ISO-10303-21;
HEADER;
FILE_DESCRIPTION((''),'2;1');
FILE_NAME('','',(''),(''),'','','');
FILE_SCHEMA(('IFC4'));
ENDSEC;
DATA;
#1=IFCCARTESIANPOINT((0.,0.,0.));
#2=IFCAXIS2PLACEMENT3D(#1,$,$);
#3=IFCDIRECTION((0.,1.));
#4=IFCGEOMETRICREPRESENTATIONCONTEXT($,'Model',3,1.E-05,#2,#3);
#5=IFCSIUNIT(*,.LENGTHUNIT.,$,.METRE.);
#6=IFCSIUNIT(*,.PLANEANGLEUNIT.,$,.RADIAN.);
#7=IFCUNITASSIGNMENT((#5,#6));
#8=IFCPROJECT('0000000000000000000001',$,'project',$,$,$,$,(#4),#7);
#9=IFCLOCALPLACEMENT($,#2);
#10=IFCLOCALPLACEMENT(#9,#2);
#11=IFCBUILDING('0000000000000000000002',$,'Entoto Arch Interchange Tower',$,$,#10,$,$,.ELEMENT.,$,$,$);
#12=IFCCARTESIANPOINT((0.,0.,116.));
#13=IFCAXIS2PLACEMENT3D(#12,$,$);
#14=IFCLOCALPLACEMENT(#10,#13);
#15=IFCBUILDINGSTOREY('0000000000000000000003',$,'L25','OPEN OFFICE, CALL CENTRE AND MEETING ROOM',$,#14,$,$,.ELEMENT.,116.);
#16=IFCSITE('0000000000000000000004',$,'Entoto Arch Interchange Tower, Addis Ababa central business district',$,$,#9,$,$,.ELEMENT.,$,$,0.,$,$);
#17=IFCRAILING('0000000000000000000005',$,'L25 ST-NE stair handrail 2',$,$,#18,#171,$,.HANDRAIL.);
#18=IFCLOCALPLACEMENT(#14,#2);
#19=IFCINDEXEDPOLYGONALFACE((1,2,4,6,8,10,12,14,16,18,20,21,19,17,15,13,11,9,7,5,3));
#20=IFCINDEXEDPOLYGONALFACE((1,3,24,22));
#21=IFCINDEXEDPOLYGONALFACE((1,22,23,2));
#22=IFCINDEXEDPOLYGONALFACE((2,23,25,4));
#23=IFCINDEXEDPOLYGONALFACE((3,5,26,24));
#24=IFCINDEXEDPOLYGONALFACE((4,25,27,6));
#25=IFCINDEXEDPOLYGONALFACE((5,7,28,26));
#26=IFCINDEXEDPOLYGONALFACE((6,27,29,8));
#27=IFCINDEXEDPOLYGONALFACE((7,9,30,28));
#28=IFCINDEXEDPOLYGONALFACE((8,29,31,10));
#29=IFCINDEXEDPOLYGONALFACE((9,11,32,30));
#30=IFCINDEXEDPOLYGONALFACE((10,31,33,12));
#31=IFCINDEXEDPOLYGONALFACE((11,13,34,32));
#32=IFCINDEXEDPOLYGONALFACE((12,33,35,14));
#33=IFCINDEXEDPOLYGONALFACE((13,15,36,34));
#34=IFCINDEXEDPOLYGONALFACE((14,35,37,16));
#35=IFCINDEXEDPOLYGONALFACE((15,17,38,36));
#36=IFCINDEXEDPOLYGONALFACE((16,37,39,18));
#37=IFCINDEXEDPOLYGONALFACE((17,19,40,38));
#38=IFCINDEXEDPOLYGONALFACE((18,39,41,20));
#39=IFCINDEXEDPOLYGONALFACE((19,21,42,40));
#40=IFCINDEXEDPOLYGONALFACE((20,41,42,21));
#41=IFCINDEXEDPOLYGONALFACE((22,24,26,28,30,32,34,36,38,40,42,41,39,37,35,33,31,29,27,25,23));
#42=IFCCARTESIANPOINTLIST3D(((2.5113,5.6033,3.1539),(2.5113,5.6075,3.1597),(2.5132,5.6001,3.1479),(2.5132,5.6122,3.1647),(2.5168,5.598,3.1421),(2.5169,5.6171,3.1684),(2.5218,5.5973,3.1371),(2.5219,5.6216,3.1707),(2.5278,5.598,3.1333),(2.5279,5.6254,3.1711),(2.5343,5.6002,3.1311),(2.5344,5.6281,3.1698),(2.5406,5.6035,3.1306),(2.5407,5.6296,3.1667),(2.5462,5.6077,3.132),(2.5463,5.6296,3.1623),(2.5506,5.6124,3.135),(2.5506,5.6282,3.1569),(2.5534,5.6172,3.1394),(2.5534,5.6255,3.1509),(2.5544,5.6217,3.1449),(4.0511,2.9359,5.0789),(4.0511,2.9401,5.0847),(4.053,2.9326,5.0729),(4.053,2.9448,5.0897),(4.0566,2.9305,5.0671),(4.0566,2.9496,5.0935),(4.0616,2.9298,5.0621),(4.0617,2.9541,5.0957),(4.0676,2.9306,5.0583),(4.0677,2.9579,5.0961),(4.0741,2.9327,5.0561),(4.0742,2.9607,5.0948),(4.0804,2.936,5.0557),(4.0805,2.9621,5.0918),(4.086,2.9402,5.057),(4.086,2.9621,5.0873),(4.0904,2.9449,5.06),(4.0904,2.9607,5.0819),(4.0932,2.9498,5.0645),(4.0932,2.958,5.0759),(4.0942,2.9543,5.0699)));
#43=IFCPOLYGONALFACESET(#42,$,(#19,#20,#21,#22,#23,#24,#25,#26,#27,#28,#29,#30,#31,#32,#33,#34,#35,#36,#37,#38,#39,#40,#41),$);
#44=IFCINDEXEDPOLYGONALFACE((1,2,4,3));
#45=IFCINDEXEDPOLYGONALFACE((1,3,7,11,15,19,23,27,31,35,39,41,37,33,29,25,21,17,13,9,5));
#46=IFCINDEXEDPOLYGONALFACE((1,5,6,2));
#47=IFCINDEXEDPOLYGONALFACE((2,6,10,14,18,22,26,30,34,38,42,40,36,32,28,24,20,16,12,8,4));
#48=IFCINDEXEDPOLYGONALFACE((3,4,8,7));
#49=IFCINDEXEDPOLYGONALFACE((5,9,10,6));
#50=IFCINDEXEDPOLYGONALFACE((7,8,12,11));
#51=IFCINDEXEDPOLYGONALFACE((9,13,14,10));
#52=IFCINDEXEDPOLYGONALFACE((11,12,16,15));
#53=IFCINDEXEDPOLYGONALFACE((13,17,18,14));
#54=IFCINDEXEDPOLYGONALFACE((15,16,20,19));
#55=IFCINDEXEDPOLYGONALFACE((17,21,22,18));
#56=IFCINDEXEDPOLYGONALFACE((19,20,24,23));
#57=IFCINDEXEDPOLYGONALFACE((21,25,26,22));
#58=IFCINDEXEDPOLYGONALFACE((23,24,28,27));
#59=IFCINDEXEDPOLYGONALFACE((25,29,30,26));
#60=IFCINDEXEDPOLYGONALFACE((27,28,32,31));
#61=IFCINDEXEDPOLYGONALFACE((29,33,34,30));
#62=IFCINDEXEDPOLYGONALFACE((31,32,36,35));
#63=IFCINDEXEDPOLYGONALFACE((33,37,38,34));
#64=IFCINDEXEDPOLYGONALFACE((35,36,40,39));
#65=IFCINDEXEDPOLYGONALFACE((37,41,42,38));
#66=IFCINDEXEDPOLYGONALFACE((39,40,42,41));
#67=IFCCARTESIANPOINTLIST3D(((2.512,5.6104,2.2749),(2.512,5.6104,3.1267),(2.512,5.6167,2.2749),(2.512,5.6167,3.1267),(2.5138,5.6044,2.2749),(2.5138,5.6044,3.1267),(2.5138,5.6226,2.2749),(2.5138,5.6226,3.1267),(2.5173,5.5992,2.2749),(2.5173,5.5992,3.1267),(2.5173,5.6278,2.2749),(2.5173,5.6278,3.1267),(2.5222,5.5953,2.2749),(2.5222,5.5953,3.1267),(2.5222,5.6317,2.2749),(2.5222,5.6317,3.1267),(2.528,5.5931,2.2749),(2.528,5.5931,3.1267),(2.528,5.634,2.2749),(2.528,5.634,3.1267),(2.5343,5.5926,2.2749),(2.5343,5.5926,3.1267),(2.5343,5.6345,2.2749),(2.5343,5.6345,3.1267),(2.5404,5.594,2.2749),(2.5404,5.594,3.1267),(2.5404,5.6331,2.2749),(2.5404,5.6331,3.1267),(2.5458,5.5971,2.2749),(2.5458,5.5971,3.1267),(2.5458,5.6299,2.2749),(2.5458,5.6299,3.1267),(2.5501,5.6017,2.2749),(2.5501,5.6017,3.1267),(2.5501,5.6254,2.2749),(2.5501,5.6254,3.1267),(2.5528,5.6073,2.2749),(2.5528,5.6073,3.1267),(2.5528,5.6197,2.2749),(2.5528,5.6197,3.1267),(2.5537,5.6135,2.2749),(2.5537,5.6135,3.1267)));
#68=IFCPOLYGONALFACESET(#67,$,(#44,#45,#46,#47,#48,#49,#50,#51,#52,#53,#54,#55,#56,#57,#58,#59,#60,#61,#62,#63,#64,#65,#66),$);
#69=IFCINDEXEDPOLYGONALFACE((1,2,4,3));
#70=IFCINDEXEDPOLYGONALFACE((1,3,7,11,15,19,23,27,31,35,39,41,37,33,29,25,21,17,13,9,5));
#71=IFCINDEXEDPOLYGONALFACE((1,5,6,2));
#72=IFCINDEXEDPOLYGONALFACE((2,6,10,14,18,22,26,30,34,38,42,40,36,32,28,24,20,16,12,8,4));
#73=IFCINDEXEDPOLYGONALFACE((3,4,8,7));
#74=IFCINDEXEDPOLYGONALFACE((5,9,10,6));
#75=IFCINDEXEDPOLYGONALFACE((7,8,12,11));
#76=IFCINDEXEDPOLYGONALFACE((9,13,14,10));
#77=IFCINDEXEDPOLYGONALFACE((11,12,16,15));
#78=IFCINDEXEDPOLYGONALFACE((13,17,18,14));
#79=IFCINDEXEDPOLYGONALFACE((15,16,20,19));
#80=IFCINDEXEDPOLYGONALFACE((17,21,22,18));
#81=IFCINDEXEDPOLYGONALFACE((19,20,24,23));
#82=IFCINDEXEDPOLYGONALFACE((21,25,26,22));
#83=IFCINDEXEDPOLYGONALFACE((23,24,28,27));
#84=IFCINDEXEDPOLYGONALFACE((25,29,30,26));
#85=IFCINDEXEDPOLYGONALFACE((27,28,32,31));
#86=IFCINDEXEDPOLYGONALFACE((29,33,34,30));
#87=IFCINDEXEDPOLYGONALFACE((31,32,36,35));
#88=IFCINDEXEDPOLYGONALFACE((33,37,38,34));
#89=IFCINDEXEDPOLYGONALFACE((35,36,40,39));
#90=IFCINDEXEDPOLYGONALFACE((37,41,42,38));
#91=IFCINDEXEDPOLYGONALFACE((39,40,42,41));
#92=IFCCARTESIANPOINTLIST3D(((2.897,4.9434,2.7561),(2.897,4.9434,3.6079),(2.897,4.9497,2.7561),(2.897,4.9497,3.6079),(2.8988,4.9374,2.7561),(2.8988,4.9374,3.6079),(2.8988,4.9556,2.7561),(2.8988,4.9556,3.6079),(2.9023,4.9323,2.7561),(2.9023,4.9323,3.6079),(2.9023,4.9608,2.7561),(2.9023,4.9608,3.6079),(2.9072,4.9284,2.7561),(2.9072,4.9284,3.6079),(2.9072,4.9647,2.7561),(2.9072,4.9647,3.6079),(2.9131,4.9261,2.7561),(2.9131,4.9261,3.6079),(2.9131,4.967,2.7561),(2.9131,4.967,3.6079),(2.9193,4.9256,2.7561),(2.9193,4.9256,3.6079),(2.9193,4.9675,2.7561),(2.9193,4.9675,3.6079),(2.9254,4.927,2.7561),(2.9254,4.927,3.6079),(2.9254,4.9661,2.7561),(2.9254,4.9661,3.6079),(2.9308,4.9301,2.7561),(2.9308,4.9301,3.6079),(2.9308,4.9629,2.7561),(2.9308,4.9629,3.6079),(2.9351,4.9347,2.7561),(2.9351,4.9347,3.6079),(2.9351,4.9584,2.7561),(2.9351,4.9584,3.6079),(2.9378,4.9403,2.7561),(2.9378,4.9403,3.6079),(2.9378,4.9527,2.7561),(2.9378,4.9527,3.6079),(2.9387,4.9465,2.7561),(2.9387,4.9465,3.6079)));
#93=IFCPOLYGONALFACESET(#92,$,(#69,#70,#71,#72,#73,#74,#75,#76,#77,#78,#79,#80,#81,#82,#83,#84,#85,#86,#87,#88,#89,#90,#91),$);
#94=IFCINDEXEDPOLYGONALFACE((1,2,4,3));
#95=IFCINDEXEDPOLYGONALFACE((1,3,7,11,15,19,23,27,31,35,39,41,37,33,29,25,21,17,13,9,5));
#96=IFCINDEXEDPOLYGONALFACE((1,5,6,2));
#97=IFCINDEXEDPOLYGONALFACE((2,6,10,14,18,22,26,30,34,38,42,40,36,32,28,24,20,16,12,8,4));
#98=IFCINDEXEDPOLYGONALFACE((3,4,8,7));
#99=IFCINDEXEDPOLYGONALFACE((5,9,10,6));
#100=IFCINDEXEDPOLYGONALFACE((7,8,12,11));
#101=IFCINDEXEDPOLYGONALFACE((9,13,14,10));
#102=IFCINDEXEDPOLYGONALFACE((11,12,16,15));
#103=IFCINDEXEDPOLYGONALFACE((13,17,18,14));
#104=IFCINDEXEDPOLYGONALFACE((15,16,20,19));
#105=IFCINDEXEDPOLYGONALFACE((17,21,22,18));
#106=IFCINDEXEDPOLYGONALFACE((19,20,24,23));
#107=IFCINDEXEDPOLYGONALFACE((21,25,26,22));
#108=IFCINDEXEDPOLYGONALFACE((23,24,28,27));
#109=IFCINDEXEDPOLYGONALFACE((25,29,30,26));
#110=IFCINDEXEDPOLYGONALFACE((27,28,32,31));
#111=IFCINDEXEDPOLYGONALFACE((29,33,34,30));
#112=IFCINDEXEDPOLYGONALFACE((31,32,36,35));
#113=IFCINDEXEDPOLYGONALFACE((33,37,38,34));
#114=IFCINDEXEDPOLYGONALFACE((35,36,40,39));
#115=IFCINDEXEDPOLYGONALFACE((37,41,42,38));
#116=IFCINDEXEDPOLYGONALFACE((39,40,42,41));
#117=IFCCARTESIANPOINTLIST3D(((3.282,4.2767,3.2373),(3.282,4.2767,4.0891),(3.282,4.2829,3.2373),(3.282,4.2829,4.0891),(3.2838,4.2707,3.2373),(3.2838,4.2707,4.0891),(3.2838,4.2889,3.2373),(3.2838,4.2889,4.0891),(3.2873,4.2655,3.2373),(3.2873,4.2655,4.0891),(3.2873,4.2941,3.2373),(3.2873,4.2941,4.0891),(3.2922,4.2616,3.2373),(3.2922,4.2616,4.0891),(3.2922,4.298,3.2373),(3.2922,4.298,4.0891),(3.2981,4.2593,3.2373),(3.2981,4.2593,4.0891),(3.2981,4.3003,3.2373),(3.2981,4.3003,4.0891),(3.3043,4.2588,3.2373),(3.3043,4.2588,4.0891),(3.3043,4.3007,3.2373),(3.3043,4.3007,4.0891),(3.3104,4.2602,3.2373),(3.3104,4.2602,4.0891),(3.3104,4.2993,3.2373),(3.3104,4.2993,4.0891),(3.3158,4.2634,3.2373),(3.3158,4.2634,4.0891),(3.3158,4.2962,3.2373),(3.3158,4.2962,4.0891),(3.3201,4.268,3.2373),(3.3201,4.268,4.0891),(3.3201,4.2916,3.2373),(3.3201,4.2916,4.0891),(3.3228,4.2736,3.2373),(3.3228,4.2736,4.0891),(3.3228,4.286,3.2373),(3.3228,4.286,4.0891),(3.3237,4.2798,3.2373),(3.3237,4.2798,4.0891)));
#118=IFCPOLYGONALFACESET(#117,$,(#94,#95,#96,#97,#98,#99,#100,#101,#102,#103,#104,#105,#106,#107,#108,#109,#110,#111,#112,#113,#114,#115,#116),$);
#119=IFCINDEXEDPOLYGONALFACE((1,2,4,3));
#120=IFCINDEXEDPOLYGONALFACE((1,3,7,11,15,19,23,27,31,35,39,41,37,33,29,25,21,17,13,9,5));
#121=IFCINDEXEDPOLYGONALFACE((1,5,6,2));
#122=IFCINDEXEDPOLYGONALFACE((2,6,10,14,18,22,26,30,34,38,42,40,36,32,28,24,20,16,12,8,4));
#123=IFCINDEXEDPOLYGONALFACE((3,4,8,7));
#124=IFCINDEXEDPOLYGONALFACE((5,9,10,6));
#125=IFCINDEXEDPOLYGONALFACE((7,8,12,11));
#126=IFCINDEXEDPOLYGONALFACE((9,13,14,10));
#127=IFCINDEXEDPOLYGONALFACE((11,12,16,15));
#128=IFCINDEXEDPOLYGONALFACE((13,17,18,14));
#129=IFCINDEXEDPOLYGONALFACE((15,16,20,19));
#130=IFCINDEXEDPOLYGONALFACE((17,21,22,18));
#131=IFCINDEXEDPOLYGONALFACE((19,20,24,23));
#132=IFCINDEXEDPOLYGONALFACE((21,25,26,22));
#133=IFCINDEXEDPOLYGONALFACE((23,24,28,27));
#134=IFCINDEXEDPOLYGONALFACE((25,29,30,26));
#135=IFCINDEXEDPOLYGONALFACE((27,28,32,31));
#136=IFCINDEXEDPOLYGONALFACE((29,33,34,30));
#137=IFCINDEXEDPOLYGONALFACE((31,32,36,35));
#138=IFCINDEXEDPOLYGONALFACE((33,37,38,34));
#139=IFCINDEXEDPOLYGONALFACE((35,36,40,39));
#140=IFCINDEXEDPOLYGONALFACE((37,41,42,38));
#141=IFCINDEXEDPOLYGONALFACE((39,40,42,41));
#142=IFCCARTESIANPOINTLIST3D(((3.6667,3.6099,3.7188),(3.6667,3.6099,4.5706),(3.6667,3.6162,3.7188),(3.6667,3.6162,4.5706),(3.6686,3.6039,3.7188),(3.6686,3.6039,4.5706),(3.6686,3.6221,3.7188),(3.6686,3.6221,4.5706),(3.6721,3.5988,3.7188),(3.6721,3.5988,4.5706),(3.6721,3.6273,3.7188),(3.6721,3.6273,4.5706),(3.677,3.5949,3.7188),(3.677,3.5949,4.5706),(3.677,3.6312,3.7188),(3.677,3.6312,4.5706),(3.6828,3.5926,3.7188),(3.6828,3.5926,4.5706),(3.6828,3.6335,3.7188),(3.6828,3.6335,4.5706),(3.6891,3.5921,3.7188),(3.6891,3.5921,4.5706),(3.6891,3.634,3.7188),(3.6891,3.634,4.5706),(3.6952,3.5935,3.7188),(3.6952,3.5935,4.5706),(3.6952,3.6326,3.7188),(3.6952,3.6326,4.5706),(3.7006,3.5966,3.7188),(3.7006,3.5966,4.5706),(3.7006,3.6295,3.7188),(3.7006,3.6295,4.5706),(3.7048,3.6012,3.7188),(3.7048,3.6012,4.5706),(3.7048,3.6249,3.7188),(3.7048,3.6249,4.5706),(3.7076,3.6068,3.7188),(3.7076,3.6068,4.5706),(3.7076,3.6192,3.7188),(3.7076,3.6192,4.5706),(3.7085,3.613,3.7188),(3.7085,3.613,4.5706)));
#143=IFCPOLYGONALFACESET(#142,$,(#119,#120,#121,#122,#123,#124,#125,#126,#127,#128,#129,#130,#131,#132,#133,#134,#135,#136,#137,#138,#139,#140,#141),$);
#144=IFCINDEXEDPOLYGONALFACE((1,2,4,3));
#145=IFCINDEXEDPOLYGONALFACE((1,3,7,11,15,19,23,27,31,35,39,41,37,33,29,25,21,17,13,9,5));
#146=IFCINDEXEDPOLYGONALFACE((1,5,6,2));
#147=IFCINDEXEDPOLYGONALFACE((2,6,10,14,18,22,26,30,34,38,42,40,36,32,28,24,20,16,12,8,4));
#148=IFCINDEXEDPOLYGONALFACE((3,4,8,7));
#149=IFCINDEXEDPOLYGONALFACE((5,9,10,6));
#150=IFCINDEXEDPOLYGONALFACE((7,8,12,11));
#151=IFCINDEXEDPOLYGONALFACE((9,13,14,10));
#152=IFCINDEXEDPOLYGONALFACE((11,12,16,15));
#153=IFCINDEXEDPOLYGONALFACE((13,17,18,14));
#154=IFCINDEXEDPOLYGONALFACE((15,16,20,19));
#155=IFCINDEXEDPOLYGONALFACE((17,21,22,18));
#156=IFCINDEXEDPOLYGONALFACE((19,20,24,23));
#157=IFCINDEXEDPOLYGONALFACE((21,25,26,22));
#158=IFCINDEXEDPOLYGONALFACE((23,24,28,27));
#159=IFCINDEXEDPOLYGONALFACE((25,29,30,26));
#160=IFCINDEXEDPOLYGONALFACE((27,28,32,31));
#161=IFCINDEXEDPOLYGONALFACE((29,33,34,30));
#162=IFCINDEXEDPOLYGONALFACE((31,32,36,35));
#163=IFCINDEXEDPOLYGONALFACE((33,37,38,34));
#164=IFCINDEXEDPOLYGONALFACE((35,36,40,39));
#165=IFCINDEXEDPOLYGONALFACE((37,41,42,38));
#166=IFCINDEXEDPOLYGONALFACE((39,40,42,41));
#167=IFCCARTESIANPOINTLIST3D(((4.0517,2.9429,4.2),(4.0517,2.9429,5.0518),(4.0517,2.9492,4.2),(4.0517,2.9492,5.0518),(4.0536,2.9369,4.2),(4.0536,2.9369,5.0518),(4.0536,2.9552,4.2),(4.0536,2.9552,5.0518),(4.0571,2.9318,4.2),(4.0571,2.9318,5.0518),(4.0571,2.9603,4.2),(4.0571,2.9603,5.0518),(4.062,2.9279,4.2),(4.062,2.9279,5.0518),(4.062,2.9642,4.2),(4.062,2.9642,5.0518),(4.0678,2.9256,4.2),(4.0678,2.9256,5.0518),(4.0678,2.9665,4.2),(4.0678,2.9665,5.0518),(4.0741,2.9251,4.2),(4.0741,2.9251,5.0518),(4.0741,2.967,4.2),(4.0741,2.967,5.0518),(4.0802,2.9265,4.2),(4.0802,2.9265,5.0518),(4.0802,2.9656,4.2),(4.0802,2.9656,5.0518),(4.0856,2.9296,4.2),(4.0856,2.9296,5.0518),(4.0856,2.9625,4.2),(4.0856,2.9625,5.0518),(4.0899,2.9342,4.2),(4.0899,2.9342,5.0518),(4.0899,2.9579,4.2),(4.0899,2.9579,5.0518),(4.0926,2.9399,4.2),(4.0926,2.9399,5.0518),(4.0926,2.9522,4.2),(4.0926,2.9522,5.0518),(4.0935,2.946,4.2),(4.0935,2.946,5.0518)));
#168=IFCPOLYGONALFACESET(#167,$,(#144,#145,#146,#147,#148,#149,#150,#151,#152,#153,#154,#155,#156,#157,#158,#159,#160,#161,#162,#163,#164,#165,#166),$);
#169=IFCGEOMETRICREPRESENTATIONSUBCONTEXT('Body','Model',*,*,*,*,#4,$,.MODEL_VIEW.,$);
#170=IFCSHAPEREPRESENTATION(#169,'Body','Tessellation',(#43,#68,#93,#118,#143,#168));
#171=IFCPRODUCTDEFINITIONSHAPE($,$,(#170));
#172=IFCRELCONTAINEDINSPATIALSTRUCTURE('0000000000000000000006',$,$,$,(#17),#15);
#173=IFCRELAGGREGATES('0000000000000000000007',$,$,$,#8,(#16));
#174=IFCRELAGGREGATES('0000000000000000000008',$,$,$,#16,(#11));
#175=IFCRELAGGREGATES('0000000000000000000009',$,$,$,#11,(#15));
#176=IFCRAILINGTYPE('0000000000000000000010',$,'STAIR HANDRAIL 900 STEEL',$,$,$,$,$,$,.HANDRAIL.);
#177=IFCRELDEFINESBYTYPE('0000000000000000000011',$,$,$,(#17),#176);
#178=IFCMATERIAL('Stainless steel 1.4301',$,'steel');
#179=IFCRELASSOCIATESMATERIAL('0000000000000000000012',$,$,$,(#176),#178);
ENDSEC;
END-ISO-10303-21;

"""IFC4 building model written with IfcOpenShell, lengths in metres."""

from ifc_helpers import new_model, si_unit, direction, frame, origin, origin_2d, place, context, subcontext, project, spatial, circle, extrude, material, type_object, element, save


model = new_model("IFC4")

# Units and contexts
model_context = context("Model", 3, precision=1e-05, world=origin(), true_north=direction((0.0, 1.0)))
body_context = subcontext(model_context, "Body", "Model", "MODEL_VIEW")
ifc_project = project(units=[si_unit("LENGTHUNIT", "METRE"), si_unit("PLANEANGLEUNIT", "RADIAN")], contexts=[model_context])

# Site, building, storey
site_placement = place(None, origin())
site = spatial("IfcSite", under=ifc_project, at=site_placement, Name="Entoto Arch Interchange Tower, Addis Ababa central business district", CompositionType="ELEMENT", RefElevation=0.0)
building_placement = place(site_placement, origin())
building = spatial("IfcBuilding", under=site, at=building_placement, Name="Entoto Arch Interchange Tower", CompositionType="ELEMENT")
storey_placement = place(building_placement, frame((0.0, 0.0, 116.0)))
storey = spatial("IfcBuildingStorey", under=building, at=storey_placement, Name="L25", Description="OPEN OFFICE, CALL CENTRE AND MEETING ROOM", CompositionType="ELEMENT", Elevation=116.0)

# Railing
ifc_material_1 = material(Name="Stainless steel 1.4301", Category="steel")
railing_type_1 = type_object("IfcRailingType", Name="STAIR HANDRAIL 900 STEEL", PredefinedType="HANDRAIL", material=ifc_material_1)
railing_1_placement = place(storey_placement, frame((2.5327, 5.6135, 2.2749)))
element("IfcRailing", 1, at=railing_1_placement, inside=storey, type_object=railing_type_1, Name="L25 ST-NE stair handrail 2", PredefinedType="HANDRAIL", context=body_context, shape_type="SweptSolid", body=[
    extrude(circle(Radius=0.0239, at=origin_2d()), frame((0.0, 0.0, 0.876), z_axis=(0.423939, -0.734416, 0.530008), x_axis=(0.866064, 0.499933, 0.0)), (0.0, 0.0, 1.0), 3.6321),
    extrude(circle(Radius=0.021, at=origin_2d()), origin(), (0.0, 0.0, 1.0), 0.8518),
    extrude(circle(Radius=0.021, at=origin_2d()), frame((0.385, -0.667, 0.4812)), (0.0, 0.0, 1.0), 0.8518),
    extrude(circle(Radius=0.021, at=origin_2d()), frame((0.77, -1.3337, 0.9624)), (0.0, 0.0, 1.0), 0.8518),
    extrude(circle(Radius=0.021, at=origin_2d()), frame((1.1548, -2.0005, 1.4438)), (0.0, 0.0, 1.0), 0.8518),
    extrude(circle(Radius=0.021, at=origin_2d()), frame((1.5398, -2.6675, 1.925)), (0.0, 0.0, 1.0), 0.8518),
])

save(model, "model.ifc")
